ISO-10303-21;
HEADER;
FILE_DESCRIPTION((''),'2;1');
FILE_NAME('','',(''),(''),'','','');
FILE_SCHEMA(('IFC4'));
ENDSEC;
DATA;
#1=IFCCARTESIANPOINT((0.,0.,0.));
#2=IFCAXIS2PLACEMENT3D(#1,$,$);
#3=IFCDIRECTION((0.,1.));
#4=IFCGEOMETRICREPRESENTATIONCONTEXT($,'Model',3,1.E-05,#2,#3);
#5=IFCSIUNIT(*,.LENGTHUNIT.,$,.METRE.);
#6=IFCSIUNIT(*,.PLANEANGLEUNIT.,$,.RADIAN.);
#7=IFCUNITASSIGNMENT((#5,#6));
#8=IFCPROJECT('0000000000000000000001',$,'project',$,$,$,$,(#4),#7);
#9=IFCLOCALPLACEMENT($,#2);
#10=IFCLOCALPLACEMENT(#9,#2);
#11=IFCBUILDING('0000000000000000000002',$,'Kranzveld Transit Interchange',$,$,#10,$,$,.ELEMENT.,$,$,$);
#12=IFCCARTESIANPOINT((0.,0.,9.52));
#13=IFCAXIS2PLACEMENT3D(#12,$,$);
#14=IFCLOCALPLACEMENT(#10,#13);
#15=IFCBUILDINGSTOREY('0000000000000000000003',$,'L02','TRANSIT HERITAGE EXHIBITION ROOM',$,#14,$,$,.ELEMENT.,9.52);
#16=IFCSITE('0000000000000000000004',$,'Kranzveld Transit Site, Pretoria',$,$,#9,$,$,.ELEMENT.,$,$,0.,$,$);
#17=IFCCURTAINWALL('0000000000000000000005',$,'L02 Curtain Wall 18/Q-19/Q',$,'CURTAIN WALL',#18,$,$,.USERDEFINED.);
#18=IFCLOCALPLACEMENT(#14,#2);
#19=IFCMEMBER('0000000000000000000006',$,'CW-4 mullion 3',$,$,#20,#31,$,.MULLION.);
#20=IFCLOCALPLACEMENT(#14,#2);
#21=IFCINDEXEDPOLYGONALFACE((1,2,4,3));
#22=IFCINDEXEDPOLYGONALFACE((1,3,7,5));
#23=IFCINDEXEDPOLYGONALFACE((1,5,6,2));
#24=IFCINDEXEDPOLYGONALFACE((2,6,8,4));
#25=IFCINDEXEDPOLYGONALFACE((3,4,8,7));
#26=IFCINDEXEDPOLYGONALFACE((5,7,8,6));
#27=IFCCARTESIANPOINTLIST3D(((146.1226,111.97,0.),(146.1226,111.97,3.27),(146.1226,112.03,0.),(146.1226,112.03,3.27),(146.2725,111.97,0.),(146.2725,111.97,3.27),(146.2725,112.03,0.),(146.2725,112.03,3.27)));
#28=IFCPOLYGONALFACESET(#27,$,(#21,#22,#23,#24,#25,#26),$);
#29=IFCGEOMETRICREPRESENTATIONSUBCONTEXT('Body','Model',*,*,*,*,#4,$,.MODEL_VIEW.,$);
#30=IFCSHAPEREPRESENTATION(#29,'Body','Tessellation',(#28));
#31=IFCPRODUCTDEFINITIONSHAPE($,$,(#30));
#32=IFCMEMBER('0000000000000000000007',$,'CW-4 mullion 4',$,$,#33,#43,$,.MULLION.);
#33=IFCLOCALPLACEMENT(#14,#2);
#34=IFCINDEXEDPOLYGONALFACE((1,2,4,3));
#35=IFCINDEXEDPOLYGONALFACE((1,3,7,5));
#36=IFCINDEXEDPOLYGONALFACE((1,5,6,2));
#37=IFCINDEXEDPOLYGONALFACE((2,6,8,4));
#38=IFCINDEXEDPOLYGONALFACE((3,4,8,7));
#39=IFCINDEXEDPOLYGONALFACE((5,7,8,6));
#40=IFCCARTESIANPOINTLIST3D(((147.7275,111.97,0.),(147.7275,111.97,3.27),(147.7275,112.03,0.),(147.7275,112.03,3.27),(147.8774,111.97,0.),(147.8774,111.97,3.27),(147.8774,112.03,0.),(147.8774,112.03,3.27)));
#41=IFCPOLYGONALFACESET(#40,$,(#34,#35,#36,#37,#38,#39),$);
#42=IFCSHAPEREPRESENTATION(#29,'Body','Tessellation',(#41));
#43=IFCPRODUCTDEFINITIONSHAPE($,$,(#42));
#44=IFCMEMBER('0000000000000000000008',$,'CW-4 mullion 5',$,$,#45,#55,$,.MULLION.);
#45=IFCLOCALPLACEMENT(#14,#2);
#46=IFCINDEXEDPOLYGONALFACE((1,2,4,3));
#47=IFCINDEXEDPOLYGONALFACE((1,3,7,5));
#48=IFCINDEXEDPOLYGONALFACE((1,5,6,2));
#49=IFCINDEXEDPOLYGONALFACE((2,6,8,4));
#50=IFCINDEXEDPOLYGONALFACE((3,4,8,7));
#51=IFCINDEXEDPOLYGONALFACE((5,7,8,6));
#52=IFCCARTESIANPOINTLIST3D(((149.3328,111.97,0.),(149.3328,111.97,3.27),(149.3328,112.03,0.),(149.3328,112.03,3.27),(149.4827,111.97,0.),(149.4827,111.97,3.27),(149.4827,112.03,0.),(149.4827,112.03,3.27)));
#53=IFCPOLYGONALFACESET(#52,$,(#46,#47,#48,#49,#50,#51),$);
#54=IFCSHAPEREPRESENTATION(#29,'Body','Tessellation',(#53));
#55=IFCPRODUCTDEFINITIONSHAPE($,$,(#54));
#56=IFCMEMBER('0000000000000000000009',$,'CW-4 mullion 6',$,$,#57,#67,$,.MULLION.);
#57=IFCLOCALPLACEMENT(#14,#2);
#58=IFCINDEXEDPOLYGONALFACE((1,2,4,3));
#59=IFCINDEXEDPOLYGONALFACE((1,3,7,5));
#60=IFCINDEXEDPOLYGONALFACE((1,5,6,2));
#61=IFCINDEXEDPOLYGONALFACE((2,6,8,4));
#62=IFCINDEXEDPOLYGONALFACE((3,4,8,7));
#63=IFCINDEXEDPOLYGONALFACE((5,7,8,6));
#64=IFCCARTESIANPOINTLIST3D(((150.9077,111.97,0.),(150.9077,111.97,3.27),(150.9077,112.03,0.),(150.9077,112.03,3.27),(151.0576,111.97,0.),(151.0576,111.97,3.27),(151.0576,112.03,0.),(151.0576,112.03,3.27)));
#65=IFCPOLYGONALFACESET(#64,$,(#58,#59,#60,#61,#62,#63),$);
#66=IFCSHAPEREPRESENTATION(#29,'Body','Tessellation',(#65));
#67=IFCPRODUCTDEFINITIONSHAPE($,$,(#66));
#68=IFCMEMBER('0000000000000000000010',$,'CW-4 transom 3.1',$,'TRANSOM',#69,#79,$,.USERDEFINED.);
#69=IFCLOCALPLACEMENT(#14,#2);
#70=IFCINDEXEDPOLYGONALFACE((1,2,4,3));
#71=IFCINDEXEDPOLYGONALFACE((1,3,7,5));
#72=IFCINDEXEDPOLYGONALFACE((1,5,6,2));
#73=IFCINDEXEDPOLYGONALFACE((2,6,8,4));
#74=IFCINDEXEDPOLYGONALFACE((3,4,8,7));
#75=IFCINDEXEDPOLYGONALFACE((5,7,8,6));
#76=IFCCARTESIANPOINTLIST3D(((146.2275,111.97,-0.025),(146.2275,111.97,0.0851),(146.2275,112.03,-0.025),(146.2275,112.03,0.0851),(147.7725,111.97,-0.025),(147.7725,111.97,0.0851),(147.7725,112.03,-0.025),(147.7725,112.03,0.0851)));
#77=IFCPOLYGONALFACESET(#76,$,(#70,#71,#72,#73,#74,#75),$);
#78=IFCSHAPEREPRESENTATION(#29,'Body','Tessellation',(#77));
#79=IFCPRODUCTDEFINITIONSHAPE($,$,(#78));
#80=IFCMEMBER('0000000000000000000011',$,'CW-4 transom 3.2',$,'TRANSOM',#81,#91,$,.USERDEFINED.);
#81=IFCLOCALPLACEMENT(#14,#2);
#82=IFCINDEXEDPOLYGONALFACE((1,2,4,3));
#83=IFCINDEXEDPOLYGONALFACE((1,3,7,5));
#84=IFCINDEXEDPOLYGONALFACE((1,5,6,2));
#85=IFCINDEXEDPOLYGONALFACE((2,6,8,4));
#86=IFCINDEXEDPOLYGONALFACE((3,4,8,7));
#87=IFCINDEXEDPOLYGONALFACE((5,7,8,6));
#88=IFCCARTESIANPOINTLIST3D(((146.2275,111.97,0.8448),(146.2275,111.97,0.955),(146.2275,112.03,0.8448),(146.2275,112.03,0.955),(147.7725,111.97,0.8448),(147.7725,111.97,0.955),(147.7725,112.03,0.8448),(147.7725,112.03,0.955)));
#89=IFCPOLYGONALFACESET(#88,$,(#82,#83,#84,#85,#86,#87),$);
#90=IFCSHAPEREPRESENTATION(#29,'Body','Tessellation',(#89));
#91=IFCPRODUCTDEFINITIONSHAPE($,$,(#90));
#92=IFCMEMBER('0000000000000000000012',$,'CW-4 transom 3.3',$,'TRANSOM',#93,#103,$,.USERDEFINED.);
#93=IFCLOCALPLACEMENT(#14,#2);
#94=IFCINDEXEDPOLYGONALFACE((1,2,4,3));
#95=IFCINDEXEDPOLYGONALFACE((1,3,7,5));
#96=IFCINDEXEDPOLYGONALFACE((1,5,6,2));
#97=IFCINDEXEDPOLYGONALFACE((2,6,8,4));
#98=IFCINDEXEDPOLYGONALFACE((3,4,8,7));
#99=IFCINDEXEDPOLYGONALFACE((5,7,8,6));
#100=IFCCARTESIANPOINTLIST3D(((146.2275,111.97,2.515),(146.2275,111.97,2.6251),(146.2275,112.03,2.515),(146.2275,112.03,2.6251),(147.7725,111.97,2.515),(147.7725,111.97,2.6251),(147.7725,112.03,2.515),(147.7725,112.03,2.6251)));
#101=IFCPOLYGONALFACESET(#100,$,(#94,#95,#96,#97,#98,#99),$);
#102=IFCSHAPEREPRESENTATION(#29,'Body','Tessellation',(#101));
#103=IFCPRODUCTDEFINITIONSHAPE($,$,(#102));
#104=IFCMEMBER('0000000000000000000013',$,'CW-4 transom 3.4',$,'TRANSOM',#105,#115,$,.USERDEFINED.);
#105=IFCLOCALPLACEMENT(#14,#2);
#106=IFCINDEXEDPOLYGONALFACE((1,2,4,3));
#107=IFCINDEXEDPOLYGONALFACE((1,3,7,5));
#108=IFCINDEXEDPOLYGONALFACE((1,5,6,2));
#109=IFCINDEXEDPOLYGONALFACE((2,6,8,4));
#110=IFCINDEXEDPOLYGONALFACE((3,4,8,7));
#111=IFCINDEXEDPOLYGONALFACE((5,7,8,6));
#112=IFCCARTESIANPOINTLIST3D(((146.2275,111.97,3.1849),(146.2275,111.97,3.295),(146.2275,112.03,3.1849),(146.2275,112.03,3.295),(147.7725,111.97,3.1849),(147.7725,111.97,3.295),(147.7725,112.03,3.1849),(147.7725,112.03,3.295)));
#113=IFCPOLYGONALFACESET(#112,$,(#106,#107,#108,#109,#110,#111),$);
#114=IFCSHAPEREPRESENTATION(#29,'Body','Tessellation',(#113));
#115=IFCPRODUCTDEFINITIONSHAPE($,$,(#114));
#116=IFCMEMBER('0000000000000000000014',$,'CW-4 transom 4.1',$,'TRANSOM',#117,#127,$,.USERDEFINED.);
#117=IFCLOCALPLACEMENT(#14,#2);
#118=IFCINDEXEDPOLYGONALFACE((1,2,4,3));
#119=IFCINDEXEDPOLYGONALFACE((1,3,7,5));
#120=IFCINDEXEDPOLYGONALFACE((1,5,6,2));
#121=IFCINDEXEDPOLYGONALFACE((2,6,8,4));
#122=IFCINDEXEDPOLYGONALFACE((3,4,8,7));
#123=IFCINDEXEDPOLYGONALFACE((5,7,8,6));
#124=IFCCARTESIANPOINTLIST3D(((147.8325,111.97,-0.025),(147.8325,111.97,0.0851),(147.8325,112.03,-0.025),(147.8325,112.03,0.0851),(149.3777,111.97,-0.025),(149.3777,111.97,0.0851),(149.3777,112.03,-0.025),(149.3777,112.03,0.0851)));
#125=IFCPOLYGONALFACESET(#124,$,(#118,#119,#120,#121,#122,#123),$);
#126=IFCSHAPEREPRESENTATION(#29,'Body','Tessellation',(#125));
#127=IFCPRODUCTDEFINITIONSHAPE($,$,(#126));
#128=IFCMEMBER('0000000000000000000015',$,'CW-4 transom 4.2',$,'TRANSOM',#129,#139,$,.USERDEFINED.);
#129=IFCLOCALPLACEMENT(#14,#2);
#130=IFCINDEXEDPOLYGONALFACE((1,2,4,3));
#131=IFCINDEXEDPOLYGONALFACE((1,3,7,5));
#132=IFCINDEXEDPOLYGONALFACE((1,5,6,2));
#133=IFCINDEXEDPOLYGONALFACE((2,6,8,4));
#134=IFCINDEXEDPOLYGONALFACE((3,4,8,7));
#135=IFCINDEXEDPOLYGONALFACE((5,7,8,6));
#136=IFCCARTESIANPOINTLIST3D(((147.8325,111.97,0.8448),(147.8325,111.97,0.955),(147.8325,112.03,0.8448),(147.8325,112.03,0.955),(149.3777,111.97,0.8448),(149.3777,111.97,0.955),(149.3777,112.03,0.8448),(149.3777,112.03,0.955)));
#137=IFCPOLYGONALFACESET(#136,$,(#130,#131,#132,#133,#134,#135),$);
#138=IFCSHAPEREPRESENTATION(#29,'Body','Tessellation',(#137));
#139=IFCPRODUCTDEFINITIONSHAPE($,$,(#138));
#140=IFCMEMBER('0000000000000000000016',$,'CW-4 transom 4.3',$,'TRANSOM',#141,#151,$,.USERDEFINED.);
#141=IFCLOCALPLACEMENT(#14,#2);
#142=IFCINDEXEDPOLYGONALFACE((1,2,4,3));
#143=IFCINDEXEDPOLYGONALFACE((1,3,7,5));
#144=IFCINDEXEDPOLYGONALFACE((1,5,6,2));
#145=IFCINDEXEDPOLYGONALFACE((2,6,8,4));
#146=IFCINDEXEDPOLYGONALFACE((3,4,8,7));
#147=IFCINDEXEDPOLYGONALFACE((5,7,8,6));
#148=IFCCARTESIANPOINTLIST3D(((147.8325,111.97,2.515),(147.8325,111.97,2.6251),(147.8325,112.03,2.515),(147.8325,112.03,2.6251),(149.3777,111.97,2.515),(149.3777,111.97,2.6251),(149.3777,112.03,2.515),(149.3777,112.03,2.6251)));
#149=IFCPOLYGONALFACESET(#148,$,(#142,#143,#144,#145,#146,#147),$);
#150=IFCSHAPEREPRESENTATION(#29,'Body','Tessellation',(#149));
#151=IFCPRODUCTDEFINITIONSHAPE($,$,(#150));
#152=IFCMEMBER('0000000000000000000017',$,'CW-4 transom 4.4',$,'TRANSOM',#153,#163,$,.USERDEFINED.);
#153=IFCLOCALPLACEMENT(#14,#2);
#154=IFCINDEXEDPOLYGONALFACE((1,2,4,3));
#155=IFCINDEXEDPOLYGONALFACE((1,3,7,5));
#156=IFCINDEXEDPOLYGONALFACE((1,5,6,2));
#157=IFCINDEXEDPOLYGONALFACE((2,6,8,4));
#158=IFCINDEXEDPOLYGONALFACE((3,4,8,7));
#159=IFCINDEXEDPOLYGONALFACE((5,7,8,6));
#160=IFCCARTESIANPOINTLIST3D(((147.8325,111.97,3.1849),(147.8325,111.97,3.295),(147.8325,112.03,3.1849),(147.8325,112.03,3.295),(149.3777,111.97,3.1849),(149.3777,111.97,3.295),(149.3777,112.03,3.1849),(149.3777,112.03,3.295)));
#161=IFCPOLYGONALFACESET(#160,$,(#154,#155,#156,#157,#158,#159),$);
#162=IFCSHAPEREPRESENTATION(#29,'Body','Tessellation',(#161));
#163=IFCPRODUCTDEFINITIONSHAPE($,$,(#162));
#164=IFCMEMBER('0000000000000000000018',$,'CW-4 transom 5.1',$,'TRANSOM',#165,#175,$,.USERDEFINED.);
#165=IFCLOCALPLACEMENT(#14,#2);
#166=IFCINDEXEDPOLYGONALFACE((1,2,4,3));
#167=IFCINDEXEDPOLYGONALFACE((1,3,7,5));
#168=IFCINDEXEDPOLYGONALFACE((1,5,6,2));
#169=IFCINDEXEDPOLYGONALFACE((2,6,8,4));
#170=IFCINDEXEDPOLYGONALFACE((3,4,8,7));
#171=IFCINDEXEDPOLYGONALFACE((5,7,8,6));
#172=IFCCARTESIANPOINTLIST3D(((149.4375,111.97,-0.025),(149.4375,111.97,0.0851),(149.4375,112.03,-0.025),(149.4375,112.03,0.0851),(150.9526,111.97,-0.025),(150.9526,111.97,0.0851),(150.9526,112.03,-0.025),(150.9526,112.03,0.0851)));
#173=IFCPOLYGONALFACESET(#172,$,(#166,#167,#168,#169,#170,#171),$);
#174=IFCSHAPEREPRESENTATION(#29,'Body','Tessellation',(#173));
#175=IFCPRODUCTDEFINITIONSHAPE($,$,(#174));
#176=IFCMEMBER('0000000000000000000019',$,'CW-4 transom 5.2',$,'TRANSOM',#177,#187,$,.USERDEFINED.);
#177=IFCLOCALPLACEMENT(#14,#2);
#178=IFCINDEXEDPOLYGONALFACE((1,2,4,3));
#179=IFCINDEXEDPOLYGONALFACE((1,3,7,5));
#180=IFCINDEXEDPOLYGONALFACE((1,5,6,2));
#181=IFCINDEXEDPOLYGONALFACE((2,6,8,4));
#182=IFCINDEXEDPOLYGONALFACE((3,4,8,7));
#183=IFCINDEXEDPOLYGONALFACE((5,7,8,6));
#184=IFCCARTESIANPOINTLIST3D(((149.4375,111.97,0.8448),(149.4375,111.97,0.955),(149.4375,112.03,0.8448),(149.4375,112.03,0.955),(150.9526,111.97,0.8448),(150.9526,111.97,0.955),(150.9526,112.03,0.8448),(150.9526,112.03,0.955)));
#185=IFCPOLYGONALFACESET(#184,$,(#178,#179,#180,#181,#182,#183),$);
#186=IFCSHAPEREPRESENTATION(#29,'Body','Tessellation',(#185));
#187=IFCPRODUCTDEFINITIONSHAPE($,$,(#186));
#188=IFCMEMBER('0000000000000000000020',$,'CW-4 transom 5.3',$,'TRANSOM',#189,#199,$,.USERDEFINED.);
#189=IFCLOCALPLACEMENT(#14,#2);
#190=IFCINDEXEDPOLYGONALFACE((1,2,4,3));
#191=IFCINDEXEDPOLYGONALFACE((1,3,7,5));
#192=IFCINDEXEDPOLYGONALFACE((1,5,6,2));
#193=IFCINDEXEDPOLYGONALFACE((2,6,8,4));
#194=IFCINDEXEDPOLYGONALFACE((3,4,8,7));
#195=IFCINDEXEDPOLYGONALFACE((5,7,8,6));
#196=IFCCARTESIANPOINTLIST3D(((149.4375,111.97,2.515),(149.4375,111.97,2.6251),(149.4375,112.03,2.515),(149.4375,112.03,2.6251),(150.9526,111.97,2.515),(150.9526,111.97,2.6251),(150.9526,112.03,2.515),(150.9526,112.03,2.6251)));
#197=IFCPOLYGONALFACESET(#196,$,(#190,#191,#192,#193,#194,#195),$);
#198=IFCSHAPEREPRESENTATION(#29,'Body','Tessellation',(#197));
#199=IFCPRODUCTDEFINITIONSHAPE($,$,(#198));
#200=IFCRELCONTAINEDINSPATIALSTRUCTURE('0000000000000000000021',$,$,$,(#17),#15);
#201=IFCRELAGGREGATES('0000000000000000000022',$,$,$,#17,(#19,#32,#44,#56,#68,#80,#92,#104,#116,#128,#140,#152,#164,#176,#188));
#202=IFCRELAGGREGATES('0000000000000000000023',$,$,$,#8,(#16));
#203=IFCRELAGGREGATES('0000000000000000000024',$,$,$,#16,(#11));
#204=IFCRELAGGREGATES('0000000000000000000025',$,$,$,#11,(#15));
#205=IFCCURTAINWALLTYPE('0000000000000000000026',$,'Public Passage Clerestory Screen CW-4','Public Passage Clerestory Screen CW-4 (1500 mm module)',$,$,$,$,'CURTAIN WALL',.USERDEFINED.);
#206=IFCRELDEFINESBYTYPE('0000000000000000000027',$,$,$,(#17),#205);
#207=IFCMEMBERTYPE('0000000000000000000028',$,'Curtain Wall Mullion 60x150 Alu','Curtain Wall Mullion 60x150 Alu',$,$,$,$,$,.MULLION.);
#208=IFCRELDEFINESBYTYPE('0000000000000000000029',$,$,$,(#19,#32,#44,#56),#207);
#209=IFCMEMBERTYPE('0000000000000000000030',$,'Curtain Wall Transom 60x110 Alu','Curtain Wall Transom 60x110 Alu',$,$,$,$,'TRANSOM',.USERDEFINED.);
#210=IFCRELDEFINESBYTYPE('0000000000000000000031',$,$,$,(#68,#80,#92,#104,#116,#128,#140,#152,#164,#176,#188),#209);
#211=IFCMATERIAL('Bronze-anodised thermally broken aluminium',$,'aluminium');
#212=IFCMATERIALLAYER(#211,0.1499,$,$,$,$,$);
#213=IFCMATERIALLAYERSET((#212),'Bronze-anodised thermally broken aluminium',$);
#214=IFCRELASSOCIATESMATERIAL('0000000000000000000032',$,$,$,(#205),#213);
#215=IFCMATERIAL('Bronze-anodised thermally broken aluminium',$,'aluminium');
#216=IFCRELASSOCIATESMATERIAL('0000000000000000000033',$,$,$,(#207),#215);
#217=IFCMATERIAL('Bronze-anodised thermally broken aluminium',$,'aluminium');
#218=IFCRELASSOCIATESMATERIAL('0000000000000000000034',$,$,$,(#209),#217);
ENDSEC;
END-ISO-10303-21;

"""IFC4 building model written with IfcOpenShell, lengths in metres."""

from ifc_helpers import new_model, si_unit, direction, frame, origin, origin_2d, place, context, subcontext, project, spatial, rectangle, extrude, material, layer, layer_set, material_profile, profile_set, type_object, element, aggregate, save


model = new_model("IFC4")

# Units and contexts
model_context = context("Model", 3, precision=1e-05, world=origin(), true_north=direction((0.0, 1.0)))
body_context = subcontext(model_context, "Body", "Model", "MODEL_VIEW")
ifc_project = project(units=[si_unit("LENGTHUNIT", "METRE"), si_unit("PLANEANGLEUNIT", "RADIAN")], contexts=[model_context])

# Site, building, storey
site_placement = place(None, origin())
site = spatial("IfcSite", under=ifc_project, at=site_placement, Name="Kranzveld Transit Site, Pretoria", CompositionType="ELEMENT", RefElevation=0.0)
building_placement = place(site_placement, origin())
building = spatial("IfcBuilding", under=site, at=building_placement, Name="Kranzveld Transit Interchange", CompositionType="ELEMENT")
storey_placement = place(building_placement, frame((0.0, 0.0, 9.52)))
storey = spatial("IfcBuildingStorey", under=building, at=storey_placement, Name="L02", Description="TRANSIT HERITAGE EXHIBITION ROOM", CompositionType="ELEMENT", Elevation=9.52)

# Curtain wall, members
ifc_material_1 = material(Name="Bronze-anodised thermally broken aluminium", Category="aluminium")
ifc_layer_1 = layer(ifc_material_1, 0.1499)
ifc_layer_set_1 = layer_set([ifc_layer_1], Name="Bronze-anodised thermally broken aluminium")
curtain_wall_type = type_object("IfcCurtainWallType", Name="Public Passage Clerestory Screen CW-4", Description="Public Passage Clerestory Screen CW-4 (1500 mm module)", ElementType="CURTAIN WALL", PredefinedType="USERDEFINED", material=ifc_layer_set_1)
curtain_wall_placement = place(storey_placement, origin())
curtain_wall = element("IfcCurtainWall", 1, at=curtain_wall_placement, inside=storey, type_object=curtain_wall_type, Name="L02 Curtain Wall 18/Q-19/Q", ObjectType="CURTAIN WALL", PredefinedType="USERDEFINED")
ifc_material_2 = material(Name="Bronze-anodised thermally broken aluminium", Category="aluminium")
ifc_material_profile_1 = material_profile(ifc_material_2, rectangle(XDim=0.0601, YDim=0.1499, at=origin_2d()), Name="ALU MULLION 60x150")
ifc_profile_set_1 = profile_set([ifc_material_profile_1], Name="Bronze-anodised thermally broken aluminium")
member_type_1 = type_object("IfcMemberType", Name="Curtain Wall Mullion 60x150 Alu", Description="Curtain Wall Mullion 60x150 Alu", PredefinedType="MULLION", material=ifc_profile_set_1)
member_1_placement = place(storey_placement, frame((146.1975, 112.0, 0.0), z_axis=(0.0, 0.0, 1.0), x_axis=(0.0, 1.0, 0.0)))
member_1 = element("IfcMember", 2, at=member_1_placement, type_object=member_type_1, Name="CW-4 mullion 3", PredefinedType="MULLION", context=body_context, shape_type="SweptSolid", body=[
    extrude(rectangle(XDim=0.0601, YDim=0.1499, at=origin_2d()), origin(), (0.0, 0.0, 1.0), 3.27),
])
member_2_placement = place(storey_placement, frame((147.8025, 112.0, 0.0), z_axis=(0.0, 0.0, 1.0), x_axis=(0.0, 1.0, 0.0)))
member_2 = element("IfcMember", 3, at=member_2_placement, type_object=member_type_1, Name="CW-4 mullion 4", PredefinedType="MULLION", context=body_context, shape_type="SweptSolid", body=[
    extrude(rectangle(XDim=0.0601, YDim=0.1499, at=origin_2d()), origin(), (0.0, 0.0, 1.0), 3.27),
])
member_3_placement = place(storey_placement, frame((149.4077, 112.0, 0.0), z_axis=(0.0, 0.0, 1.0), x_axis=(0.0, 1.0, 0.0)))
member_3 = element("IfcMember", 4, at=member_3_placement, type_object=member_type_1, Name="CW-4 mullion 5", PredefinedType="MULLION", context=body_context, shape_type="SweptSolid", body=[
    extrude(rectangle(XDim=0.0601, YDim=0.1499, at=origin_2d()), origin(), (0.0, 0.0, 1.0), 3.27),
])
member_4_placement = place(storey_placement, frame((150.9827, 112.0, 0.0), z_axis=(0.0, 0.0, 1.0), x_axis=(0.0, 1.0, 0.0)))
member_4 = element("IfcMember", 5, at=member_4_placement, type_object=member_type_1, Name="CW-4 mullion 6", PredefinedType="MULLION", context=body_context, shape_type="SweptSolid", body=[
    extrude(rectangle(XDim=0.0601, YDim=0.1499, at=origin_2d()), origin(), (0.0, 0.0, 1.0), 3.27),
])
ifc_material_3 = material(Name="Bronze-anodised thermally broken aluminium", Category="aluminium")
ifc_material_profile_2 = material_profile(ifc_material_3, rectangle(XDim=0.0601, YDim=0.1101, at=origin_2d()), Name="ALU TRANSOM 60x110")
ifc_profile_set_2 = profile_set([ifc_material_profile_2], Name="Bronze-anodised thermally broken aluminium")
member_type_2 = type_object("IfcMemberType", Name="Curtain Wall Transom 60x110 Alu", Description="Curtain Wall Transom 60x110 Alu", ElementType="TRANSOM", PredefinedType="USERDEFINED", material=ifc_profile_set_2)
member_5_placement = place(storey_placement, frame((146.2275, 112.0, 0.03), z_axis=(1.0, 0.0, 0.0), x_axis=(0.0, 1.0, 0.0)))
member_5 = element("IfcMember", 6, at=member_5_placement, type_object=member_type_2, Name="CW-4 transom 3.1", ObjectType="TRANSOM", PredefinedType="USERDEFINED", context=body_context, shape_type="SweptSolid", body=[
    extrude(rectangle(XDim=0.0601, YDim=0.1101, at=origin_2d()), origin(), (0.0, 0.0, 1.0), 1.5449),
])
member_6_placement = place(storey_placement, frame((146.2275, 112.0, 0.8999), z_axis=(1.0, 0.0, 0.0), x_axis=(0.0, 1.0, 0.0)))
member_6 = element("IfcMember", 7, at=member_6_placement, type_object=member_type_2, Name="CW-4 transom 3.2", ObjectType="TRANSOM", PredefinedType="USERDEFINED", context=body_context, shape_type="SweptSolid", body=[
    extrude(rectangle(XDim=0.0601, YDim=0.1101, at=origin_2d()), origin(), (0.0, 0.0, 1.0), 1.5449),
])
member_7_placement = place(storey_placement, frame((146.2275, 112.0, 2.5701), z_axis=(1.0, 0.0, 0.0), x_axis=(0.0, 1.0, 0.0)))
member_7 = element("IfcMember", 8, at=member_7_placement, type_object=member_type_2, Name="CW-4 transom 3.3", ObjectType="TRANSOM", PredefinedType="USERDEFINED", context=body_context, shape_type="SweptSolid", body=[
    extrude(rectangle(XDim=0.0601, YDim=0.1101, at=origin_2d()), origin(), (0.0, 0.0, 1.0), 1.5449),
])
member_8_placement = place(storey_placement, frame((146.2275, 112.0, 3.24), z_axis=(1.0, 0.0, 0.0), x_axis=(0.0, 1.0, 0.0)))
member_8 = element("IfcMember", 9, at=member_8_placement, type_object=member_type_2, Name="CW-4 transom 3.4", ObjectType="TRANSOM", PredefinedType="USERDEFINED", context=body_context, shape_type="SweptSolid", body=[
    extrude(rectangle(XDim=0.0601, YDim=0.1101, at=origin_2d()), origin(), (0.0, 0.0, 1.0), 1.5449),
])
member_9_placement = place(storey_placement, frame((147.8325, 112.0, 0.03), z_axis=(1.0, 0.0, 0.0), x_axis=(0.0, 1.0, 0.0)))
member_9 = element("IfcMember", 10, at=member_9_placement, type_object=member_type_2, Name="CW-4 transom 4.1", ObjectType="TRANSOM", PredefinedType="USERDEFINED", context=body_context, shape_type="SweptSolid", body=[
    extrude(rectangle(XDim=0.0601, YDim=0.1101, at=origin_2d()), origin(), (0.0, 0.0, 1.0), 1.5452),
])
member_10_placement = place(storey_placement, frame((147.8325, 112.0, 0.8999), z_axis=(1.0, 0.0, 0.0), x_axis=(0.0, 1.0, 0.0)))
member_10 = element("IfcMember", 11, at=member_10_placement, type_object=member_type_2, Name="CW-4 transom 4.2", ObjectType="TRANSOM", PredefinedType="USERDEFINED", context=body_context, shape_type="SweptSolid", body=[
    extrude(rectangle(XDim=0.0601, YDim=0.1101, at=origin_2d()), origin(), (0.0, 0.0, 1.0), 1.5452),
])
member_11_placement = place(storey_placement, frame((147.8325, 112.0, 2.5701), z_axis=(1.0, 0.0, 0.0), x_axis=(0.0, 1.0, 0.0)))
member_11 = element("IfcMember", 12, at=member_11_placement, type_object=member_type_2, Name="CW-4 transom 4.3", ObjectType="TRANSOM", PredefinedType="USERDEFINED", context=body_context, shape_type="SweptSolid", body=[
    extrude(rectangle(XDim=0.0601, YDim=0.1101, at=origin_2d()), origin(), (0.0, 0.0, 1.0), 1.5452),
])
member_12_placement = place(storey_placement, frame((147.8325, 112.0, 3.24), z_axis=(1.0, 0.0, 0.0), x_axis=(0.0, 1.0, 0.0)))
member_12 = element("IfcMember", 13, at=member_12_placement, type_object=member_type_2, Name="CW-4 transom 4.4", ObjectType="TRANSOM", PredefinedType="USERDEFINED", context=body_context, shape_type="SweptSolid", body=[
    extrude(rectangle(XDim=0.0601, YDim=0.1101, at=origin_2d()), origin(), (0.0, 0.0, 1.0), 1.5452),
])
member_13_placement = place(storey_placement, frame((149.4375, 112.0, 0.03), z_axis=(1.0, 0.0, 0.0), x_axis=(0.0, 1.0, 0.0)))
member_13 = element("IfcMember", 14, at=member_13_placement, type_object=member_type_2, Name="CW-4 transom 5.1", ObjectType="TRANSOM", PredefinedType="USERDEFINED", context=body_context, shape_type="SweptSolid", body=[
    extrude(rectangle(XDim=0.0601, YDim=0.1101, at=origin_2d()), origin(), (0.0, 0.0, 1.0), 1.5151),
])
member_14_placement = place(storey_placement, frame((149.4375, 112.0, 0.8999), z_axis=(1.0, 0.0, 0.0), x_axis=(0.0, 1.0, 0.0)))
member_14 = element("IfcMember", 15, at=member_14_placement, type_object=member_type_2, Name="CW-4 transom 5.2", ObjectType="TRANSOM", PredefinedType="USERDEFINED", context=body_context, shape_type="SweptSolid", body=[
    extrude(rectangle(XDim=0.0601, YDim=0.1101, at=origin_2d()), origin(), (0.0, 0.0, 1.0), 1.5151),
])
member_15_placement = place(storey_placement, frame((149.4375, 112.0, 2.5701), z_axis=(1.0, 0.0, 0.0), x_axis=(0.0, 1.0, 0.0)))
member_15 = element("IfcMember", 16, at=member_15_placement, type_object=member_type_2, Name="CW-4 transom 5.3", ObjectType="TRANSOM", PredefinedType="USERDEFINED", context=body_context, shape_type="SweptSolid", body=[
    extrude(rectangle(XDim=0.0601, YDim=0.1101, at=origin_2d()), origin(), (0.0, 0.0, 1.0), 1.5151),
])

aggregate(curtain_wall, [member_1, member_2, member_3, member_4, member_5, member_6, member_7, member_8, member_9, member_10, member_11, member_12, member_13, member_14, member_15])

save(model, "model.ifc")
